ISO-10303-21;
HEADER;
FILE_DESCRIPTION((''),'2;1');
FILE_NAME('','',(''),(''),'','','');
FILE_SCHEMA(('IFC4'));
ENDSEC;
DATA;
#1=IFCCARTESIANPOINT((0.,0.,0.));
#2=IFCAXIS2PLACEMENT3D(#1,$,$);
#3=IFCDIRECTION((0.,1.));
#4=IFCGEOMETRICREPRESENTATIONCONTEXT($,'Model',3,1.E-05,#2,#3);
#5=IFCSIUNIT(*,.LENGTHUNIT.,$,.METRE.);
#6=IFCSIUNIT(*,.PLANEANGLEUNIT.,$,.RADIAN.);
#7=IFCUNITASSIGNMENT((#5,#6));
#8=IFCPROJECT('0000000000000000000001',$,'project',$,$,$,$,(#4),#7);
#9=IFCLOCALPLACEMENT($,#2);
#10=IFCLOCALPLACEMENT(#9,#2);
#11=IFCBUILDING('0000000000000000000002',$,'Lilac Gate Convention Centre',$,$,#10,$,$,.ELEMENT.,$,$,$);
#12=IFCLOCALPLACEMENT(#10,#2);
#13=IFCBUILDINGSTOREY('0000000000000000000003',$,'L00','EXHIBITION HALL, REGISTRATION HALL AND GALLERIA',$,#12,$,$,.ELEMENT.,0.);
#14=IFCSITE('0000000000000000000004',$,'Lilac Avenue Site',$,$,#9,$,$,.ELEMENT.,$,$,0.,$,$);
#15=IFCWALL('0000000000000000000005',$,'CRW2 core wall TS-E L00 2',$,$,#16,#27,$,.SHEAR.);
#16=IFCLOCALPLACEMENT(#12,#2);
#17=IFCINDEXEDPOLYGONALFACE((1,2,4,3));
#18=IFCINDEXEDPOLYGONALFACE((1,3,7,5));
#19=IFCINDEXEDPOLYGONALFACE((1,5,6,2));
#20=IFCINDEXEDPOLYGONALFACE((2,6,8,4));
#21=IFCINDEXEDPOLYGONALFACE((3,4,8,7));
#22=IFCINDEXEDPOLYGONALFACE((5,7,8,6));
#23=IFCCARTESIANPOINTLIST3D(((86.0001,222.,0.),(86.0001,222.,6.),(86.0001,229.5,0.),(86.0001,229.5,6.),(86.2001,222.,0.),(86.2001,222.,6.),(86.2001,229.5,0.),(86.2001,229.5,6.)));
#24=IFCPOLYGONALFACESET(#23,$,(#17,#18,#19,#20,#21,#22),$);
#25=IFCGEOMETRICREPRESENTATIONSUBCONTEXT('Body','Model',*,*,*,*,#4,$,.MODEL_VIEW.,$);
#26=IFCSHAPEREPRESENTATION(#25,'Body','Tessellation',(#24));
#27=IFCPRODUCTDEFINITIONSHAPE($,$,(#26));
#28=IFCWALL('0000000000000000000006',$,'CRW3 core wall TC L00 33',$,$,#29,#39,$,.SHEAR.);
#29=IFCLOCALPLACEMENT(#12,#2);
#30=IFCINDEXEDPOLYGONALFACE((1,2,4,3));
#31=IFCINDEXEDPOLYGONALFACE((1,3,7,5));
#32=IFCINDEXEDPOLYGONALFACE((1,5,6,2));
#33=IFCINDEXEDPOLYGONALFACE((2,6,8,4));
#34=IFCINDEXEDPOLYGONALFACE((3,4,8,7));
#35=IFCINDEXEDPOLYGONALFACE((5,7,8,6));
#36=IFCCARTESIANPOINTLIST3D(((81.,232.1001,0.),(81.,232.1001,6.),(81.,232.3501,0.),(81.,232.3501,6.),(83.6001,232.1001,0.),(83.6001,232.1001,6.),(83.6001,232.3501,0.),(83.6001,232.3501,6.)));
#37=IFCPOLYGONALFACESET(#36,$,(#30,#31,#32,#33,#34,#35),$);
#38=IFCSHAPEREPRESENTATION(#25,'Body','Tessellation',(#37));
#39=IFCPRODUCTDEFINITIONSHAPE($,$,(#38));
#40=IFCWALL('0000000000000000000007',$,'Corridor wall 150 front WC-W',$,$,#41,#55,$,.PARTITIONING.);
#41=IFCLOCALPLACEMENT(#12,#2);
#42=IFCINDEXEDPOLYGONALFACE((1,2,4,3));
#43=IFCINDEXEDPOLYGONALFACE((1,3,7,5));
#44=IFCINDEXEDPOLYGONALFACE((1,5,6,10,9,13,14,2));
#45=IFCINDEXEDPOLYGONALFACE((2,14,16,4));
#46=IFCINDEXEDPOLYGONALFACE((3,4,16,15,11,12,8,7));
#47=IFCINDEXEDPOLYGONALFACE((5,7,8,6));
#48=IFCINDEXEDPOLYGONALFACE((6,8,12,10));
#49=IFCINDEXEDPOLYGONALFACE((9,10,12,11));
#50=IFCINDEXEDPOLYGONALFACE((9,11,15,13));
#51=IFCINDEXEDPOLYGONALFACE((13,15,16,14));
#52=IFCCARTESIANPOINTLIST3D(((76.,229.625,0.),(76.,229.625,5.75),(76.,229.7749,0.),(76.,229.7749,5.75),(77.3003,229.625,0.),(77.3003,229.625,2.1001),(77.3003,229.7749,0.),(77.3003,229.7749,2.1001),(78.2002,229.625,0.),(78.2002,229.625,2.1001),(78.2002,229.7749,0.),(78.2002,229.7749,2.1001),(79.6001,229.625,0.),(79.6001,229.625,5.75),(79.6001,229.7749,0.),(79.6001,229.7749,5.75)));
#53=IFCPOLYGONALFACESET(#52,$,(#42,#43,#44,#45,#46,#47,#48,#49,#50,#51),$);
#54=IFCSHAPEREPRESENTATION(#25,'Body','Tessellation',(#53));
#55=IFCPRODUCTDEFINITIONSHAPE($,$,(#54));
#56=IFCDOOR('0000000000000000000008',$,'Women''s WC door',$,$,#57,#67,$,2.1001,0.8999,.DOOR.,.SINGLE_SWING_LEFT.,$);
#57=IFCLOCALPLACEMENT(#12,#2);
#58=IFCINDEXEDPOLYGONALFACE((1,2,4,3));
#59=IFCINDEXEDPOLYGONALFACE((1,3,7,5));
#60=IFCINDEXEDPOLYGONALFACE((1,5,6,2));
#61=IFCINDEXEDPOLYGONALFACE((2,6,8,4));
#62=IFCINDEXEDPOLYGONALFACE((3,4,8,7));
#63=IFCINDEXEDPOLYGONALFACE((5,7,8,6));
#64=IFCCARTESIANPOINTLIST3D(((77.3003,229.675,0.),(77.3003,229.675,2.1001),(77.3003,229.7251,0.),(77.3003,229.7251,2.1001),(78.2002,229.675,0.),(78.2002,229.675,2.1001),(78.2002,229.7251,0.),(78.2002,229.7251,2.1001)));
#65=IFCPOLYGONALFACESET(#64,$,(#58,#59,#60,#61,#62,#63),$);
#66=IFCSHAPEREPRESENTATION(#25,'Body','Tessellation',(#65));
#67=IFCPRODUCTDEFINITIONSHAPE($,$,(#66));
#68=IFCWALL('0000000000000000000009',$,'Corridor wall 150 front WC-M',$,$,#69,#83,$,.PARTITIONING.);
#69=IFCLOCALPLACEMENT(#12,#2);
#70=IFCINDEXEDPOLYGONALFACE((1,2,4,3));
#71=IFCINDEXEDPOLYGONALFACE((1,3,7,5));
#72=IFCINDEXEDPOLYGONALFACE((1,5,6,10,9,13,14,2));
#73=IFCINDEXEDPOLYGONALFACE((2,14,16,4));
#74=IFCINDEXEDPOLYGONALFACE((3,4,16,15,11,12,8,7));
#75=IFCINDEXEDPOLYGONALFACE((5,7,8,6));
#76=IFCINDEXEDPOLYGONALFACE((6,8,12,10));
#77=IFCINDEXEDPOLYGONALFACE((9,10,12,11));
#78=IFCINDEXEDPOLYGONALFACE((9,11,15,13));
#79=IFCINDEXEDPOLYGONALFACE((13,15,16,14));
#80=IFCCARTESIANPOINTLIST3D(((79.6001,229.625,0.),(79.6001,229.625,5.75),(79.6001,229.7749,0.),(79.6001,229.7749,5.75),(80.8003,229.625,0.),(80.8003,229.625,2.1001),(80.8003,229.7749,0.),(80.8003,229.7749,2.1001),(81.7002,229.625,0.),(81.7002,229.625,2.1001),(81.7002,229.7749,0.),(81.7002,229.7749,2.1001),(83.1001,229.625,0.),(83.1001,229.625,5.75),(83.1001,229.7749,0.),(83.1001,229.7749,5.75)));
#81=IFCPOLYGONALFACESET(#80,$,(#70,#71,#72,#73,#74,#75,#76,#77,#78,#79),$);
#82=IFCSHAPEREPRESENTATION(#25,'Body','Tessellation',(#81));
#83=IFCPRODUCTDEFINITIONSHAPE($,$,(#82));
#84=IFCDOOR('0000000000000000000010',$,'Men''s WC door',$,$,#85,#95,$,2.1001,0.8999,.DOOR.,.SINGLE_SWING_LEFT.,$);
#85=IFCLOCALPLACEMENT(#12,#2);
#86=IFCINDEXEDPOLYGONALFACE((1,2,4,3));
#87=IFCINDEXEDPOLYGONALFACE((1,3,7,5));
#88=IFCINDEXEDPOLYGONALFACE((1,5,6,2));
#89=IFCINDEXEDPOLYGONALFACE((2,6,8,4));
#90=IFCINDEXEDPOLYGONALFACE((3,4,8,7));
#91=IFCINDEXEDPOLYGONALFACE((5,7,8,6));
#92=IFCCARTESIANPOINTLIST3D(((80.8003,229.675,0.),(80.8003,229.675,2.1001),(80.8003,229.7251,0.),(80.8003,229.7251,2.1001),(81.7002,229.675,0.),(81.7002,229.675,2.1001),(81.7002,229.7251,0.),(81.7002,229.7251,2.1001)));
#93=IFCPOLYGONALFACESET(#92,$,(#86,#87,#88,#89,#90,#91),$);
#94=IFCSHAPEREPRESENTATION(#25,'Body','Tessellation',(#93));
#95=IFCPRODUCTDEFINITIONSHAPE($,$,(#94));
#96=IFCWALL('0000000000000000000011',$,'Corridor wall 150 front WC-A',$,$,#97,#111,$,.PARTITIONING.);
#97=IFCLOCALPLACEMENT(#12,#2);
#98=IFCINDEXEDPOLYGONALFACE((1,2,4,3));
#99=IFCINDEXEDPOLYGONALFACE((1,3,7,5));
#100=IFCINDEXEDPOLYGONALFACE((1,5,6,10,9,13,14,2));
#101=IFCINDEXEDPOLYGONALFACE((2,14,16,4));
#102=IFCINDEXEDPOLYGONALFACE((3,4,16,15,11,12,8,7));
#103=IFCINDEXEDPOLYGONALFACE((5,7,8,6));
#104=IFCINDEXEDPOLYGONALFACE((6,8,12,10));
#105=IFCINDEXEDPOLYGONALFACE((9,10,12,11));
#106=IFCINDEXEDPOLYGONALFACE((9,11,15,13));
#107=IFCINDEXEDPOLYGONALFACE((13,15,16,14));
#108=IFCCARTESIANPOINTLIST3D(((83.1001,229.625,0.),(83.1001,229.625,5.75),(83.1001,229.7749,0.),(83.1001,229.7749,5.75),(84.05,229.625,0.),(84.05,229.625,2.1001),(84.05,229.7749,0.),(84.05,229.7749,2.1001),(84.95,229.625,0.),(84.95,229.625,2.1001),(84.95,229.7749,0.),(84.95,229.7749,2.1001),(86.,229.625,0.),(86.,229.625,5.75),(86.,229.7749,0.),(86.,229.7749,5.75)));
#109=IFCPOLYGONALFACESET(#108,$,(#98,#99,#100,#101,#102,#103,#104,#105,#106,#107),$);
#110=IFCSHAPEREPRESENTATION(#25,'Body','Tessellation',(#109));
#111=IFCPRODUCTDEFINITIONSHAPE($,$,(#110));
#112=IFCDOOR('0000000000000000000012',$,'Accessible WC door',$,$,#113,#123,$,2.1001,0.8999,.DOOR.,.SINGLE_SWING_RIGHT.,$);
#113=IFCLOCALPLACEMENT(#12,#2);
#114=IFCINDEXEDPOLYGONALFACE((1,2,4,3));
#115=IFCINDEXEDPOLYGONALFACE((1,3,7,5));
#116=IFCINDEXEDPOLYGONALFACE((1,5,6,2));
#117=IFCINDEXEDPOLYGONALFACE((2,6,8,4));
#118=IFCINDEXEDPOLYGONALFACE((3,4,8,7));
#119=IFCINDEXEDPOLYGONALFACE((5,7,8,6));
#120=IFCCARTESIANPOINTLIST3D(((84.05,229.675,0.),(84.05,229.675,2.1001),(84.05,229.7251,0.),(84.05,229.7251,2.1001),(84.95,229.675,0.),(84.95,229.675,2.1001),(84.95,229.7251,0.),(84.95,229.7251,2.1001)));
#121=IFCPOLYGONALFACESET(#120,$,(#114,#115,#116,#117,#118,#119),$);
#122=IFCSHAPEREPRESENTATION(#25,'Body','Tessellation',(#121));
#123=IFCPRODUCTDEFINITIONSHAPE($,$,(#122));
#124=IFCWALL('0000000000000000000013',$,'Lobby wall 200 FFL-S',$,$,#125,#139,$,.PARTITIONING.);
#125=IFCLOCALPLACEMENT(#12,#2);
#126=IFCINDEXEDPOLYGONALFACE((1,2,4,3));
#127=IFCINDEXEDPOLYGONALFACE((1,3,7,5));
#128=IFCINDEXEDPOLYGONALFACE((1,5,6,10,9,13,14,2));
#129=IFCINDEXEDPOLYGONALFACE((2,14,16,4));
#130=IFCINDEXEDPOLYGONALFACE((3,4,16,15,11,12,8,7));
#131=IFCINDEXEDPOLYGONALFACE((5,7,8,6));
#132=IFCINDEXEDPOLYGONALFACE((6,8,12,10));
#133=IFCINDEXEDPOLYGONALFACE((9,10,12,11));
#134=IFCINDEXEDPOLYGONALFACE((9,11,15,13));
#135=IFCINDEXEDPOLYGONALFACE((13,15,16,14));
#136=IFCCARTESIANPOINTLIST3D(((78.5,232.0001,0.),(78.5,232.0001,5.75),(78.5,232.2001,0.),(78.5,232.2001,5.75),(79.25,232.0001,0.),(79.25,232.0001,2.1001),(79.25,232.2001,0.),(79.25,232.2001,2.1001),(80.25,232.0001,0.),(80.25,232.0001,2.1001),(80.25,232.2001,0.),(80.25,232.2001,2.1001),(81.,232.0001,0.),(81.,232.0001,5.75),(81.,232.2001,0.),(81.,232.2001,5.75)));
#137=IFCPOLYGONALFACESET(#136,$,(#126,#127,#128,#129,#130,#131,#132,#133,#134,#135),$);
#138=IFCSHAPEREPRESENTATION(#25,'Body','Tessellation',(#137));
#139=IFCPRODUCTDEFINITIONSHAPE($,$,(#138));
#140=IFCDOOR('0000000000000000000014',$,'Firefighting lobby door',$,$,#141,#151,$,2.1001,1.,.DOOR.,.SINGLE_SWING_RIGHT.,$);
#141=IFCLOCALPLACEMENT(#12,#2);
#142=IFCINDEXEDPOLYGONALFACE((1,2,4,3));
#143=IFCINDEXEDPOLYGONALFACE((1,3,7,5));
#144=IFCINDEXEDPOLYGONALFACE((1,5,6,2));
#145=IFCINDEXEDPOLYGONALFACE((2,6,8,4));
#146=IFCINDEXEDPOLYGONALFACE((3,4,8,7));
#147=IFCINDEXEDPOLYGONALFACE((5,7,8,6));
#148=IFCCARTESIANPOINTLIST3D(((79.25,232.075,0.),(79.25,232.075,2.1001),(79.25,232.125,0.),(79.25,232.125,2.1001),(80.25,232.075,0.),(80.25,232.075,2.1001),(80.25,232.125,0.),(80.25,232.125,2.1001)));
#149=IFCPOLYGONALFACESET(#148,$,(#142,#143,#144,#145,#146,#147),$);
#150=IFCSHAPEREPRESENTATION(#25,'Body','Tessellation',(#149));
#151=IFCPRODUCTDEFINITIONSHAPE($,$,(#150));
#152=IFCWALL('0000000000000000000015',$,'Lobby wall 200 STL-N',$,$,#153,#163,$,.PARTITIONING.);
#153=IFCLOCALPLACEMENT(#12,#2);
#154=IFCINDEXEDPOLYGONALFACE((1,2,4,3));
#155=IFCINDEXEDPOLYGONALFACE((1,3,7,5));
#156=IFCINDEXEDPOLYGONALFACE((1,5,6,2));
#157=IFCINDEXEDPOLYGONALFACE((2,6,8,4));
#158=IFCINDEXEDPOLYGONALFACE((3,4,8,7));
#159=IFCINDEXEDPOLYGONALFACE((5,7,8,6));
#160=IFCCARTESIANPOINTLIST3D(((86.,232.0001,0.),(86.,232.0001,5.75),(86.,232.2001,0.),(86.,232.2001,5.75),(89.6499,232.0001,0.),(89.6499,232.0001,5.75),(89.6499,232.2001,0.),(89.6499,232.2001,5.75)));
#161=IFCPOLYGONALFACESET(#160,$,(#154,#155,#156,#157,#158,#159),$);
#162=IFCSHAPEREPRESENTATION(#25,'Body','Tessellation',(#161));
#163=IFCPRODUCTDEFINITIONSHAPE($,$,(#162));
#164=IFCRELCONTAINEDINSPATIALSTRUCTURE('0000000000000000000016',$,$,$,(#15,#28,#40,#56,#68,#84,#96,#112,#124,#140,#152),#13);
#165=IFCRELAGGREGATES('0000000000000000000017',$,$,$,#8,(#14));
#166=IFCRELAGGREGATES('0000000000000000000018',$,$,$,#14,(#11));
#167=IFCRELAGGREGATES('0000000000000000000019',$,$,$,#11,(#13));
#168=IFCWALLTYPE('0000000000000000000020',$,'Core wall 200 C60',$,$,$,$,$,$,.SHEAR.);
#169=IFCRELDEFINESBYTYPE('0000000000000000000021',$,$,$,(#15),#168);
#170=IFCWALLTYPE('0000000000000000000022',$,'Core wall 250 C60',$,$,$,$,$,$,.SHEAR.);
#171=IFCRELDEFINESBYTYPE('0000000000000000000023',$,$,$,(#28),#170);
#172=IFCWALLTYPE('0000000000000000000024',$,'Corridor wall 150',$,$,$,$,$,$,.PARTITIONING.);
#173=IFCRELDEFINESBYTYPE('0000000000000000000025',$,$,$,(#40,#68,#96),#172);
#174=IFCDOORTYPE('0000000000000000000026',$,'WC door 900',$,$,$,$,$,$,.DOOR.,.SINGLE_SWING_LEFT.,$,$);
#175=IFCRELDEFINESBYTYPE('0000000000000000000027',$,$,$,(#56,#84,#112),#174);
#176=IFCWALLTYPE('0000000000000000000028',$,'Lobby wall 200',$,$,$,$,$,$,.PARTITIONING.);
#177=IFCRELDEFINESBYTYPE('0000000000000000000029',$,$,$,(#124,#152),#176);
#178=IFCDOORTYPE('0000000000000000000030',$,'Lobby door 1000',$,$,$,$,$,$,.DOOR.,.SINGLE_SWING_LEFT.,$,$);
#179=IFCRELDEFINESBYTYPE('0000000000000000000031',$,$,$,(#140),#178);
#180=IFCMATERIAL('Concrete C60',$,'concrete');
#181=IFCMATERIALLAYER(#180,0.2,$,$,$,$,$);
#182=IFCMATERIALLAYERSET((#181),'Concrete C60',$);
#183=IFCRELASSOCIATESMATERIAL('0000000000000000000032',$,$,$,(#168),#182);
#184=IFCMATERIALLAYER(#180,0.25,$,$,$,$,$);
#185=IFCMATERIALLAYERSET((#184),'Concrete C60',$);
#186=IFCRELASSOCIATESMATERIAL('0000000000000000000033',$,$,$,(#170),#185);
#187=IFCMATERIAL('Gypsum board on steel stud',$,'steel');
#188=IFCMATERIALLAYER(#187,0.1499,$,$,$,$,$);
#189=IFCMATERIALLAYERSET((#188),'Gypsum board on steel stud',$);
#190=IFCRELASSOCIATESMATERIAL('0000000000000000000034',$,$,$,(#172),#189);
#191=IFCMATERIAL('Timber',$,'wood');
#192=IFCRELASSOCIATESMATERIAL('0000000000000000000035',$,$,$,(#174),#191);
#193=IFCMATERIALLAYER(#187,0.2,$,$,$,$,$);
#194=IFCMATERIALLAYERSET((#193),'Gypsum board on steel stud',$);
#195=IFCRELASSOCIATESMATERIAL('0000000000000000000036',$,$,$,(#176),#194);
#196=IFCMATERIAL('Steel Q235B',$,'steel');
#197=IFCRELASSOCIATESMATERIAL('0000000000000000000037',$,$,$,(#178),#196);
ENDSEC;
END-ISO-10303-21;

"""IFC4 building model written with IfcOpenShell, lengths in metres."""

from ifc_helpers import new_model, si_unit, direction, frame, frame_2d, origin, place, context, subcontext, project, spatial, rectangle, extrude, material, layer, layer_set, type_object, element, fill, save


model = new_model("IFC4")

# Units and contexts
model_context = context("Model", 3, precision=1e-05, world=origin(), true_north=direction((0.0, 1.0)))
body_context = subcontext(model_context, "Body", "Model", "MODEL_VIEW")
ifc_project = project(units=[si_unit("LENGTHUNIT", "METRE"), si_unit("PLANEANGLEUNIT", "RADIAN")], contexts=[model_context])

# Site, building, storey
site_placement = place(None, origin())
site = spatial("IfcSite", under=ifc_project, at=site_placement, Name="Lilac Avenue Site", CompositionType="ELEMENT", RefElevation=0.0)
building_placement = place(site_placement, origin())
building = spatial("IfcBuilding", under=site, at=building_placement, Name="Lilac Gate Convention Centre", CompositionType="ELEMENT")
storey_placement = place(building_placement, origin())
storey = spatial("IfcBuildingStorey", under=building, at=storey_placement, Name="L00", Description="EXHIBITION HALL, REGISTRATION HALL AND GALLERIA", CompositionType="ELEMENT", Elevation=0.0)

# Walls
ifc_material_1 = material(Name="Concrete C60", Category="concrete")
ifc_layer_1 = layer(ifc_material_1, 0.2)
ifc_layer_set_1 = layer_set([ifc_layer_1], Name="Concrete C60")
wall_type_1 = type_object("IfcWallType", Name="Core wall 200 C60", PredefinedType="SHEAR", material=ifc_layer_set_1)
wall_1_placement = place(storey_placement, frame((86.1001, 222.0, 0.0), z_axis=(0.0, 0.0, 1.0), x_axis=(0.0, 1.0, 0.0)))
element("IfcWall", 1, at=wall_1_placement, inside=storey, type_object=wall_type_1, Name="CRW2 core wall TS-E L00 2", PredefinedType="SHEAR", context=body_context, shape_type="SweptSolid", body=[
    extrude(rectangle(XDim=7.5, YDim=0.2, at=frame_2d((3.75, 0.0))), origin(), (0.0, 0.0, 1.0), 6.0),
])
ifc_layer_2 = layer(ifc_material_1, 0.25)
ifc_layer_set_2 = layer_set([ifc_layer_2], Name="Concrete C60")
wall_type_2 = type_object("IfcWallType", Name="Core wall 250 C60", PredefinedType="SHEAR", material=ifc_layer_set_2)
wall_2_placement = place(storey_placement, frame((81.0, 232.2251, 0.0), z_axis=(0.0, 0.0, 1.0), x_axis=(1.0, 0.0, 0.0)))
element("IfcWall", 2, at=wall_2_placement, inside=storey, type_object=wall_type_2, Name="CRW3 core wall TC L00 33", PredefinedType="SHEAR", context=body_context, shape_type="SweptSolid", body=[
    extrude(rectangle(XDim=2.6001, YDim=0.25, at=frame_2d((1.3, 0.0))), origin(), (0.0, 0.0, 1.0), 6.0),
])

# Walls, openings, doors
ifc_material_2 = material(Name="Gypsum board on steel stud", Category="steel")
ifc_layer_3 = layer(ifc_material_2, 0.1499)
ifc_layer_set_3 = layer_set([ifc_layer_3], Name="Gypsum board on steel stud")
wall_type_3 = type_object("IfcWallType", Name="Corridor wall 150", PredefinedType="PARTITIONING", material=ifc_layer_set_3)
wall_3_placement = place(storey_placement, frame((79.6001, 229.7, 0.0), z_axis=(0.0, 0.0, 1.0), x_axis=(-1.0, 0.0, 0.0)))
wall_3 = element("IfcWall", 3, at=wall_3_placement, inside=storey, type_object=wall_type_3, Name="Corridor wall 150 front WC-W", PredefinedType="PARTITIONING", context=body_context, shape_type="SweptSolid", body=[
    extrude(rectangle(XDim=3.6001, YDim=0.1499, at=frame_2d((1.8, 0.0))), origin(), (0.0, 0.0, 1.0), 5.75),
])
opening_1_placement = place(wall_3_placement, frame((1.3999, 0.0, 0.0)))
opening_1 = element("IfcOpeningElement", 4, at=opening_1_placement, cuts=wall_3, PredefinedType="OPENING", context=body_context, shape_type="SweptSolid", body=[
    extrude(rectangle(XDim=0.8999, YDim=2.1001, at=frame_2d((0.45, 1.05))), frame((0.0, 0.085, 0.0), z_axis=(0.0, -1.0, 0.0), x_axis=(1.0, 0.0, 0.0)), (0.0, 0.0, 1.0), 0.1699),
])
ifc_material_3 = material(Name="Timber", Category="wood")
door_type_1 = type_object("IfcDoorType", Name="WC door 900", OperationType="SINGLE_SWING_LEFT", PredefinedType="DOOR", material=ifc_material_3)
door_1_placement = place(opening_1_placement, origin())
door_1 = element("IfcDoor", 5, at=door_1_placement, inside=storey, type_object=door_type_1, Name="Women's WC door", OperationType="SINGLE_SWING_LEFT", OverallHeight=2.1001, OverallWidth=0.8999, PredefinedType="DOOR", context=body_context, shape_type="SweptSolid", body=[
    extrude(rectangle(XDim=0.8999, YDim=2.1001, at=frame_2d((0.45, 1.05))), frame((0.0, 0.0249, 0.0), z_axis=(0.0, -1.0, 0.0), x_axis=(1.0, 0.0, 0.0)), (0.0, 0.0, 1.0), 0.05),
])
fill(opening_1, door_1)
wall_4_placement = place(storey_placement, frame((83.1001, 229.7, 0.0), z_axis=(0.0, 0.0, 1.0), x_axis=(-1.0, 0.0, 0.0)))
wall_4 = element("IfcWall", 6, at=wall_4_placement, inside=storey, type_object=wall_type_3, Name="Corridor wall 150 front WC-M", PredefinedType="PARTITIONING", context=body_context, shape_type="SweptSolid", body=[
    extrude(rectangle(XDim=3.5, YDim=0.1499, at=frame_2d((1.75, 0.0))), origin(), (0.0, 0.0, 1.0), 5.75),
])
opening_2_placement = place(wall_4_placement, frame((1.3999, 0.0, 0.0)))
opening_2 = element("IfcOpeningElement", 7, at=opening_2_placement, cuts=wall_4, PredefinedType="OPENING", context=body_context, shape_type="SweptSolid", body=[
    extrude(rectangle(XDim=0.8999, YDim=2.1001, at=frame_2d((0.45, 1.05))), frame((0.0, 0.085, 0.0), z_axis=(0.0, -1.0, 0.0), x_axis=(1.0, 0.0, 0.0)), (0.0, 0.0, 1.0), 0.1699),
])
door_2_placement = place(opening_2_placement, origin())
door_2 = element("IfcDoor", 8, at=door_2_placement, inside=storey, type_object=door_type_1, Name="Men's WC door", OperationType="SINGLE_SWING_LEFT", OverallHeight=2.1001, OverallWidth=0.8999, PredefinedType="DOOR", context=body_context, shape_type="SweptSolid", body=[
    extrude(rectangle(XDim=0.8999, YDim=2.1001, at=frame_2d((0.45, 1.05))), frame((0.0, 0.0249, 0.0), z_axis=(0.0, -1.0, 0.0), x_axis=(1.0, 0.0, 0.0)), (0.0, 0.0, 1.0), 0.05),
])
fill(opening_2, door_2)
wall_5_placement = place(storey_placement, frame((86.0, 229.7, 0.0), z_axis=(0.0, 0.0, 1.0), x_axis=(-1.0, 0.0, 0.0)))
wall_5 = element("IfcWall", 9, at=wall_5_placement, inside=storey, type_object=wall_type_3, Name="Corridor wall 150 front WC-A", PredefinedType="PARTITIONING", context=body_context, shape_type="SweptSolid", body=[
    extrude(rectangle(XDim=2.8999, YDim=0.1499, at=frame_2d((1.45, 0.0))), origin(), (0.0, 0.0, 1.0), 5.75),
])
opening_3_placement = place(wall_5_placement, frame((1.05, 0.0, 0.0)))
opening_3 = element("IfcOpeningElement", 10, at=opening_3_placement, cuts=wall_5, PredefinedType="OPENING", context=body_context, shape_type="SweptSolid", body=[
    extrude(rectangle(XDim=0.8999, YDim=2.1001, at=frame_2d((0.45, 1.05))), frame((0.0, 0.085, 0.0), z_axis=(0.0, -1.0, 0.0), x_axis=(1.0, 0.0, 0.0)), (0.0, 0.0, 1.0), 0.1699),
])
door_3_placement = place(opening_3_placement, origin())
door_3 = element("IfcDoor", 11, at=door_3_placement, inside=storey, type_object=door_type_1, Name="Accessible WC door", OperationType="SINGLE_SWING_RIGHT", OverallHeight=2.1001, OverallWidth=0.8999, PredefinedType="DOOR", context=body_context, shape_type="SweptSolid", body=[
    extrude(rectangle(XDim=0.8999, YDim=2.1001, at=frame_2d((0.45, 1.05))), frame((0.0, 0.0249, 0.0), z_axis=(0.0, -1.0, 0.0), x_axis=(1.0, 0.0, 0.0)), (0.0, 0.0, 1.0), 0.05),
])
fill(opening_3, door_3)
ifc_layer_4 = layer(ifc_material_2, 0.2)
ifc_layer_set_4 = layer_set([ifc_layer_4], Name="Gypsum board on steel stud")
wall_type_4 = type_object("IfcWallType", Name="Lobby wall 200", PredefinedType="PARTITIONING", material=ifc_layer_set_4)
wall_6_placement = place(storey_placement, frame((78.5, 232.1001, 0.0), z_axis=(0.0, 0.0, 1.0), x_axis=(1.0, 0.0, 0.0)))
wall_6 = element("IfcWall", 12, at=wall_6_placement, inside=storey, type_object=wall_type_4, Name="Lobby wall 200 FFL-S", PredefinedType="PARTITIONING", context=body_context, shape_type="SweptSolid", body=[
    extrude(rectangle(XDim=2.5, YDim=0.2, at=frame_2d((1.25, 0.0))), origin(), (0.0, 0.0, 1.0), 5.75),
])
opening_4_placement = place(wall_6_placement, frame((0.75, 0.0, 0.0)))
opening_4 = element("IfcOpeningElement", 13, at=opening_4_placement, cuts=wall_6, PredefinedType="OPENING", context=body_context, shape_type="SweptSolid", body=[
    extrude(rectangle(XDim=1.0, YDim=2.1001, at=frame_2d((0.5, 1.05))), frame((0.0, 0.1099, 0.0), z_axis=(0.0, -1.0, 0.0), x_axis=(1.0, 0.0, 0.0)), (0.0, 0.0, 1.0), 0.22),
])
ifc_material_4 = material(Name="Steel Q235B", Category="steel")
door_type_2 = type_object("IfcDoorType", Name="Lobby door 1000", OperationType="SINGLE_SWING_LEFT", PredefinedType="DOOR", material=ifc_material_4)
door_4_placement = place(opening_4_placement, origin())
door_4 = element("IfcDoor", 14, at=door_4_placement, inside=storey, type_object=door_type_2, Name="Firefighting lobby door", OperationType="SINGLE_SWING_RIGHT", OverallHeight=2.1001, OverallWidth=1.0, PredefinedType="DOOR", context=body_context, shape_type="SweptSolid", body=[
    extrude(rectangle(XDim=1.0, YDim=2.1001, at=frame_2d((0.5, 1.05))), frame((0.0, 0.0249, 0.0), z_axis=(0.0, -1.0, 0.0), x_axis=(1.0, 0.0, 0.0)), (0.0, 0.0, 1.0), 0.05),
])
fill(opening_4, door_4)

# Wall
wall_7_placement = place(storey_placement, frame((86.0, 232.1001, 0.0), z_axis=(0.0, 0.0, 1.0), x_axis=(1.0, 0.0, 0.0)))
element("IfcWall", 15, at=wall_7_placement, inside=storey, type_object=wall_type_4, Name="Lobby wall 200 STL-N", PredefinedType="PARTITIONING", context=body_context, shape_type="SweptSolid", body=[
    extrude(rectangle(XDim=3.6499, YDim=0.2, at=frame_2d((1.825, 0.0))), origin(), (0.0, 0.0, 1.0), 5.75),
])

save(model, "model.ifc")
